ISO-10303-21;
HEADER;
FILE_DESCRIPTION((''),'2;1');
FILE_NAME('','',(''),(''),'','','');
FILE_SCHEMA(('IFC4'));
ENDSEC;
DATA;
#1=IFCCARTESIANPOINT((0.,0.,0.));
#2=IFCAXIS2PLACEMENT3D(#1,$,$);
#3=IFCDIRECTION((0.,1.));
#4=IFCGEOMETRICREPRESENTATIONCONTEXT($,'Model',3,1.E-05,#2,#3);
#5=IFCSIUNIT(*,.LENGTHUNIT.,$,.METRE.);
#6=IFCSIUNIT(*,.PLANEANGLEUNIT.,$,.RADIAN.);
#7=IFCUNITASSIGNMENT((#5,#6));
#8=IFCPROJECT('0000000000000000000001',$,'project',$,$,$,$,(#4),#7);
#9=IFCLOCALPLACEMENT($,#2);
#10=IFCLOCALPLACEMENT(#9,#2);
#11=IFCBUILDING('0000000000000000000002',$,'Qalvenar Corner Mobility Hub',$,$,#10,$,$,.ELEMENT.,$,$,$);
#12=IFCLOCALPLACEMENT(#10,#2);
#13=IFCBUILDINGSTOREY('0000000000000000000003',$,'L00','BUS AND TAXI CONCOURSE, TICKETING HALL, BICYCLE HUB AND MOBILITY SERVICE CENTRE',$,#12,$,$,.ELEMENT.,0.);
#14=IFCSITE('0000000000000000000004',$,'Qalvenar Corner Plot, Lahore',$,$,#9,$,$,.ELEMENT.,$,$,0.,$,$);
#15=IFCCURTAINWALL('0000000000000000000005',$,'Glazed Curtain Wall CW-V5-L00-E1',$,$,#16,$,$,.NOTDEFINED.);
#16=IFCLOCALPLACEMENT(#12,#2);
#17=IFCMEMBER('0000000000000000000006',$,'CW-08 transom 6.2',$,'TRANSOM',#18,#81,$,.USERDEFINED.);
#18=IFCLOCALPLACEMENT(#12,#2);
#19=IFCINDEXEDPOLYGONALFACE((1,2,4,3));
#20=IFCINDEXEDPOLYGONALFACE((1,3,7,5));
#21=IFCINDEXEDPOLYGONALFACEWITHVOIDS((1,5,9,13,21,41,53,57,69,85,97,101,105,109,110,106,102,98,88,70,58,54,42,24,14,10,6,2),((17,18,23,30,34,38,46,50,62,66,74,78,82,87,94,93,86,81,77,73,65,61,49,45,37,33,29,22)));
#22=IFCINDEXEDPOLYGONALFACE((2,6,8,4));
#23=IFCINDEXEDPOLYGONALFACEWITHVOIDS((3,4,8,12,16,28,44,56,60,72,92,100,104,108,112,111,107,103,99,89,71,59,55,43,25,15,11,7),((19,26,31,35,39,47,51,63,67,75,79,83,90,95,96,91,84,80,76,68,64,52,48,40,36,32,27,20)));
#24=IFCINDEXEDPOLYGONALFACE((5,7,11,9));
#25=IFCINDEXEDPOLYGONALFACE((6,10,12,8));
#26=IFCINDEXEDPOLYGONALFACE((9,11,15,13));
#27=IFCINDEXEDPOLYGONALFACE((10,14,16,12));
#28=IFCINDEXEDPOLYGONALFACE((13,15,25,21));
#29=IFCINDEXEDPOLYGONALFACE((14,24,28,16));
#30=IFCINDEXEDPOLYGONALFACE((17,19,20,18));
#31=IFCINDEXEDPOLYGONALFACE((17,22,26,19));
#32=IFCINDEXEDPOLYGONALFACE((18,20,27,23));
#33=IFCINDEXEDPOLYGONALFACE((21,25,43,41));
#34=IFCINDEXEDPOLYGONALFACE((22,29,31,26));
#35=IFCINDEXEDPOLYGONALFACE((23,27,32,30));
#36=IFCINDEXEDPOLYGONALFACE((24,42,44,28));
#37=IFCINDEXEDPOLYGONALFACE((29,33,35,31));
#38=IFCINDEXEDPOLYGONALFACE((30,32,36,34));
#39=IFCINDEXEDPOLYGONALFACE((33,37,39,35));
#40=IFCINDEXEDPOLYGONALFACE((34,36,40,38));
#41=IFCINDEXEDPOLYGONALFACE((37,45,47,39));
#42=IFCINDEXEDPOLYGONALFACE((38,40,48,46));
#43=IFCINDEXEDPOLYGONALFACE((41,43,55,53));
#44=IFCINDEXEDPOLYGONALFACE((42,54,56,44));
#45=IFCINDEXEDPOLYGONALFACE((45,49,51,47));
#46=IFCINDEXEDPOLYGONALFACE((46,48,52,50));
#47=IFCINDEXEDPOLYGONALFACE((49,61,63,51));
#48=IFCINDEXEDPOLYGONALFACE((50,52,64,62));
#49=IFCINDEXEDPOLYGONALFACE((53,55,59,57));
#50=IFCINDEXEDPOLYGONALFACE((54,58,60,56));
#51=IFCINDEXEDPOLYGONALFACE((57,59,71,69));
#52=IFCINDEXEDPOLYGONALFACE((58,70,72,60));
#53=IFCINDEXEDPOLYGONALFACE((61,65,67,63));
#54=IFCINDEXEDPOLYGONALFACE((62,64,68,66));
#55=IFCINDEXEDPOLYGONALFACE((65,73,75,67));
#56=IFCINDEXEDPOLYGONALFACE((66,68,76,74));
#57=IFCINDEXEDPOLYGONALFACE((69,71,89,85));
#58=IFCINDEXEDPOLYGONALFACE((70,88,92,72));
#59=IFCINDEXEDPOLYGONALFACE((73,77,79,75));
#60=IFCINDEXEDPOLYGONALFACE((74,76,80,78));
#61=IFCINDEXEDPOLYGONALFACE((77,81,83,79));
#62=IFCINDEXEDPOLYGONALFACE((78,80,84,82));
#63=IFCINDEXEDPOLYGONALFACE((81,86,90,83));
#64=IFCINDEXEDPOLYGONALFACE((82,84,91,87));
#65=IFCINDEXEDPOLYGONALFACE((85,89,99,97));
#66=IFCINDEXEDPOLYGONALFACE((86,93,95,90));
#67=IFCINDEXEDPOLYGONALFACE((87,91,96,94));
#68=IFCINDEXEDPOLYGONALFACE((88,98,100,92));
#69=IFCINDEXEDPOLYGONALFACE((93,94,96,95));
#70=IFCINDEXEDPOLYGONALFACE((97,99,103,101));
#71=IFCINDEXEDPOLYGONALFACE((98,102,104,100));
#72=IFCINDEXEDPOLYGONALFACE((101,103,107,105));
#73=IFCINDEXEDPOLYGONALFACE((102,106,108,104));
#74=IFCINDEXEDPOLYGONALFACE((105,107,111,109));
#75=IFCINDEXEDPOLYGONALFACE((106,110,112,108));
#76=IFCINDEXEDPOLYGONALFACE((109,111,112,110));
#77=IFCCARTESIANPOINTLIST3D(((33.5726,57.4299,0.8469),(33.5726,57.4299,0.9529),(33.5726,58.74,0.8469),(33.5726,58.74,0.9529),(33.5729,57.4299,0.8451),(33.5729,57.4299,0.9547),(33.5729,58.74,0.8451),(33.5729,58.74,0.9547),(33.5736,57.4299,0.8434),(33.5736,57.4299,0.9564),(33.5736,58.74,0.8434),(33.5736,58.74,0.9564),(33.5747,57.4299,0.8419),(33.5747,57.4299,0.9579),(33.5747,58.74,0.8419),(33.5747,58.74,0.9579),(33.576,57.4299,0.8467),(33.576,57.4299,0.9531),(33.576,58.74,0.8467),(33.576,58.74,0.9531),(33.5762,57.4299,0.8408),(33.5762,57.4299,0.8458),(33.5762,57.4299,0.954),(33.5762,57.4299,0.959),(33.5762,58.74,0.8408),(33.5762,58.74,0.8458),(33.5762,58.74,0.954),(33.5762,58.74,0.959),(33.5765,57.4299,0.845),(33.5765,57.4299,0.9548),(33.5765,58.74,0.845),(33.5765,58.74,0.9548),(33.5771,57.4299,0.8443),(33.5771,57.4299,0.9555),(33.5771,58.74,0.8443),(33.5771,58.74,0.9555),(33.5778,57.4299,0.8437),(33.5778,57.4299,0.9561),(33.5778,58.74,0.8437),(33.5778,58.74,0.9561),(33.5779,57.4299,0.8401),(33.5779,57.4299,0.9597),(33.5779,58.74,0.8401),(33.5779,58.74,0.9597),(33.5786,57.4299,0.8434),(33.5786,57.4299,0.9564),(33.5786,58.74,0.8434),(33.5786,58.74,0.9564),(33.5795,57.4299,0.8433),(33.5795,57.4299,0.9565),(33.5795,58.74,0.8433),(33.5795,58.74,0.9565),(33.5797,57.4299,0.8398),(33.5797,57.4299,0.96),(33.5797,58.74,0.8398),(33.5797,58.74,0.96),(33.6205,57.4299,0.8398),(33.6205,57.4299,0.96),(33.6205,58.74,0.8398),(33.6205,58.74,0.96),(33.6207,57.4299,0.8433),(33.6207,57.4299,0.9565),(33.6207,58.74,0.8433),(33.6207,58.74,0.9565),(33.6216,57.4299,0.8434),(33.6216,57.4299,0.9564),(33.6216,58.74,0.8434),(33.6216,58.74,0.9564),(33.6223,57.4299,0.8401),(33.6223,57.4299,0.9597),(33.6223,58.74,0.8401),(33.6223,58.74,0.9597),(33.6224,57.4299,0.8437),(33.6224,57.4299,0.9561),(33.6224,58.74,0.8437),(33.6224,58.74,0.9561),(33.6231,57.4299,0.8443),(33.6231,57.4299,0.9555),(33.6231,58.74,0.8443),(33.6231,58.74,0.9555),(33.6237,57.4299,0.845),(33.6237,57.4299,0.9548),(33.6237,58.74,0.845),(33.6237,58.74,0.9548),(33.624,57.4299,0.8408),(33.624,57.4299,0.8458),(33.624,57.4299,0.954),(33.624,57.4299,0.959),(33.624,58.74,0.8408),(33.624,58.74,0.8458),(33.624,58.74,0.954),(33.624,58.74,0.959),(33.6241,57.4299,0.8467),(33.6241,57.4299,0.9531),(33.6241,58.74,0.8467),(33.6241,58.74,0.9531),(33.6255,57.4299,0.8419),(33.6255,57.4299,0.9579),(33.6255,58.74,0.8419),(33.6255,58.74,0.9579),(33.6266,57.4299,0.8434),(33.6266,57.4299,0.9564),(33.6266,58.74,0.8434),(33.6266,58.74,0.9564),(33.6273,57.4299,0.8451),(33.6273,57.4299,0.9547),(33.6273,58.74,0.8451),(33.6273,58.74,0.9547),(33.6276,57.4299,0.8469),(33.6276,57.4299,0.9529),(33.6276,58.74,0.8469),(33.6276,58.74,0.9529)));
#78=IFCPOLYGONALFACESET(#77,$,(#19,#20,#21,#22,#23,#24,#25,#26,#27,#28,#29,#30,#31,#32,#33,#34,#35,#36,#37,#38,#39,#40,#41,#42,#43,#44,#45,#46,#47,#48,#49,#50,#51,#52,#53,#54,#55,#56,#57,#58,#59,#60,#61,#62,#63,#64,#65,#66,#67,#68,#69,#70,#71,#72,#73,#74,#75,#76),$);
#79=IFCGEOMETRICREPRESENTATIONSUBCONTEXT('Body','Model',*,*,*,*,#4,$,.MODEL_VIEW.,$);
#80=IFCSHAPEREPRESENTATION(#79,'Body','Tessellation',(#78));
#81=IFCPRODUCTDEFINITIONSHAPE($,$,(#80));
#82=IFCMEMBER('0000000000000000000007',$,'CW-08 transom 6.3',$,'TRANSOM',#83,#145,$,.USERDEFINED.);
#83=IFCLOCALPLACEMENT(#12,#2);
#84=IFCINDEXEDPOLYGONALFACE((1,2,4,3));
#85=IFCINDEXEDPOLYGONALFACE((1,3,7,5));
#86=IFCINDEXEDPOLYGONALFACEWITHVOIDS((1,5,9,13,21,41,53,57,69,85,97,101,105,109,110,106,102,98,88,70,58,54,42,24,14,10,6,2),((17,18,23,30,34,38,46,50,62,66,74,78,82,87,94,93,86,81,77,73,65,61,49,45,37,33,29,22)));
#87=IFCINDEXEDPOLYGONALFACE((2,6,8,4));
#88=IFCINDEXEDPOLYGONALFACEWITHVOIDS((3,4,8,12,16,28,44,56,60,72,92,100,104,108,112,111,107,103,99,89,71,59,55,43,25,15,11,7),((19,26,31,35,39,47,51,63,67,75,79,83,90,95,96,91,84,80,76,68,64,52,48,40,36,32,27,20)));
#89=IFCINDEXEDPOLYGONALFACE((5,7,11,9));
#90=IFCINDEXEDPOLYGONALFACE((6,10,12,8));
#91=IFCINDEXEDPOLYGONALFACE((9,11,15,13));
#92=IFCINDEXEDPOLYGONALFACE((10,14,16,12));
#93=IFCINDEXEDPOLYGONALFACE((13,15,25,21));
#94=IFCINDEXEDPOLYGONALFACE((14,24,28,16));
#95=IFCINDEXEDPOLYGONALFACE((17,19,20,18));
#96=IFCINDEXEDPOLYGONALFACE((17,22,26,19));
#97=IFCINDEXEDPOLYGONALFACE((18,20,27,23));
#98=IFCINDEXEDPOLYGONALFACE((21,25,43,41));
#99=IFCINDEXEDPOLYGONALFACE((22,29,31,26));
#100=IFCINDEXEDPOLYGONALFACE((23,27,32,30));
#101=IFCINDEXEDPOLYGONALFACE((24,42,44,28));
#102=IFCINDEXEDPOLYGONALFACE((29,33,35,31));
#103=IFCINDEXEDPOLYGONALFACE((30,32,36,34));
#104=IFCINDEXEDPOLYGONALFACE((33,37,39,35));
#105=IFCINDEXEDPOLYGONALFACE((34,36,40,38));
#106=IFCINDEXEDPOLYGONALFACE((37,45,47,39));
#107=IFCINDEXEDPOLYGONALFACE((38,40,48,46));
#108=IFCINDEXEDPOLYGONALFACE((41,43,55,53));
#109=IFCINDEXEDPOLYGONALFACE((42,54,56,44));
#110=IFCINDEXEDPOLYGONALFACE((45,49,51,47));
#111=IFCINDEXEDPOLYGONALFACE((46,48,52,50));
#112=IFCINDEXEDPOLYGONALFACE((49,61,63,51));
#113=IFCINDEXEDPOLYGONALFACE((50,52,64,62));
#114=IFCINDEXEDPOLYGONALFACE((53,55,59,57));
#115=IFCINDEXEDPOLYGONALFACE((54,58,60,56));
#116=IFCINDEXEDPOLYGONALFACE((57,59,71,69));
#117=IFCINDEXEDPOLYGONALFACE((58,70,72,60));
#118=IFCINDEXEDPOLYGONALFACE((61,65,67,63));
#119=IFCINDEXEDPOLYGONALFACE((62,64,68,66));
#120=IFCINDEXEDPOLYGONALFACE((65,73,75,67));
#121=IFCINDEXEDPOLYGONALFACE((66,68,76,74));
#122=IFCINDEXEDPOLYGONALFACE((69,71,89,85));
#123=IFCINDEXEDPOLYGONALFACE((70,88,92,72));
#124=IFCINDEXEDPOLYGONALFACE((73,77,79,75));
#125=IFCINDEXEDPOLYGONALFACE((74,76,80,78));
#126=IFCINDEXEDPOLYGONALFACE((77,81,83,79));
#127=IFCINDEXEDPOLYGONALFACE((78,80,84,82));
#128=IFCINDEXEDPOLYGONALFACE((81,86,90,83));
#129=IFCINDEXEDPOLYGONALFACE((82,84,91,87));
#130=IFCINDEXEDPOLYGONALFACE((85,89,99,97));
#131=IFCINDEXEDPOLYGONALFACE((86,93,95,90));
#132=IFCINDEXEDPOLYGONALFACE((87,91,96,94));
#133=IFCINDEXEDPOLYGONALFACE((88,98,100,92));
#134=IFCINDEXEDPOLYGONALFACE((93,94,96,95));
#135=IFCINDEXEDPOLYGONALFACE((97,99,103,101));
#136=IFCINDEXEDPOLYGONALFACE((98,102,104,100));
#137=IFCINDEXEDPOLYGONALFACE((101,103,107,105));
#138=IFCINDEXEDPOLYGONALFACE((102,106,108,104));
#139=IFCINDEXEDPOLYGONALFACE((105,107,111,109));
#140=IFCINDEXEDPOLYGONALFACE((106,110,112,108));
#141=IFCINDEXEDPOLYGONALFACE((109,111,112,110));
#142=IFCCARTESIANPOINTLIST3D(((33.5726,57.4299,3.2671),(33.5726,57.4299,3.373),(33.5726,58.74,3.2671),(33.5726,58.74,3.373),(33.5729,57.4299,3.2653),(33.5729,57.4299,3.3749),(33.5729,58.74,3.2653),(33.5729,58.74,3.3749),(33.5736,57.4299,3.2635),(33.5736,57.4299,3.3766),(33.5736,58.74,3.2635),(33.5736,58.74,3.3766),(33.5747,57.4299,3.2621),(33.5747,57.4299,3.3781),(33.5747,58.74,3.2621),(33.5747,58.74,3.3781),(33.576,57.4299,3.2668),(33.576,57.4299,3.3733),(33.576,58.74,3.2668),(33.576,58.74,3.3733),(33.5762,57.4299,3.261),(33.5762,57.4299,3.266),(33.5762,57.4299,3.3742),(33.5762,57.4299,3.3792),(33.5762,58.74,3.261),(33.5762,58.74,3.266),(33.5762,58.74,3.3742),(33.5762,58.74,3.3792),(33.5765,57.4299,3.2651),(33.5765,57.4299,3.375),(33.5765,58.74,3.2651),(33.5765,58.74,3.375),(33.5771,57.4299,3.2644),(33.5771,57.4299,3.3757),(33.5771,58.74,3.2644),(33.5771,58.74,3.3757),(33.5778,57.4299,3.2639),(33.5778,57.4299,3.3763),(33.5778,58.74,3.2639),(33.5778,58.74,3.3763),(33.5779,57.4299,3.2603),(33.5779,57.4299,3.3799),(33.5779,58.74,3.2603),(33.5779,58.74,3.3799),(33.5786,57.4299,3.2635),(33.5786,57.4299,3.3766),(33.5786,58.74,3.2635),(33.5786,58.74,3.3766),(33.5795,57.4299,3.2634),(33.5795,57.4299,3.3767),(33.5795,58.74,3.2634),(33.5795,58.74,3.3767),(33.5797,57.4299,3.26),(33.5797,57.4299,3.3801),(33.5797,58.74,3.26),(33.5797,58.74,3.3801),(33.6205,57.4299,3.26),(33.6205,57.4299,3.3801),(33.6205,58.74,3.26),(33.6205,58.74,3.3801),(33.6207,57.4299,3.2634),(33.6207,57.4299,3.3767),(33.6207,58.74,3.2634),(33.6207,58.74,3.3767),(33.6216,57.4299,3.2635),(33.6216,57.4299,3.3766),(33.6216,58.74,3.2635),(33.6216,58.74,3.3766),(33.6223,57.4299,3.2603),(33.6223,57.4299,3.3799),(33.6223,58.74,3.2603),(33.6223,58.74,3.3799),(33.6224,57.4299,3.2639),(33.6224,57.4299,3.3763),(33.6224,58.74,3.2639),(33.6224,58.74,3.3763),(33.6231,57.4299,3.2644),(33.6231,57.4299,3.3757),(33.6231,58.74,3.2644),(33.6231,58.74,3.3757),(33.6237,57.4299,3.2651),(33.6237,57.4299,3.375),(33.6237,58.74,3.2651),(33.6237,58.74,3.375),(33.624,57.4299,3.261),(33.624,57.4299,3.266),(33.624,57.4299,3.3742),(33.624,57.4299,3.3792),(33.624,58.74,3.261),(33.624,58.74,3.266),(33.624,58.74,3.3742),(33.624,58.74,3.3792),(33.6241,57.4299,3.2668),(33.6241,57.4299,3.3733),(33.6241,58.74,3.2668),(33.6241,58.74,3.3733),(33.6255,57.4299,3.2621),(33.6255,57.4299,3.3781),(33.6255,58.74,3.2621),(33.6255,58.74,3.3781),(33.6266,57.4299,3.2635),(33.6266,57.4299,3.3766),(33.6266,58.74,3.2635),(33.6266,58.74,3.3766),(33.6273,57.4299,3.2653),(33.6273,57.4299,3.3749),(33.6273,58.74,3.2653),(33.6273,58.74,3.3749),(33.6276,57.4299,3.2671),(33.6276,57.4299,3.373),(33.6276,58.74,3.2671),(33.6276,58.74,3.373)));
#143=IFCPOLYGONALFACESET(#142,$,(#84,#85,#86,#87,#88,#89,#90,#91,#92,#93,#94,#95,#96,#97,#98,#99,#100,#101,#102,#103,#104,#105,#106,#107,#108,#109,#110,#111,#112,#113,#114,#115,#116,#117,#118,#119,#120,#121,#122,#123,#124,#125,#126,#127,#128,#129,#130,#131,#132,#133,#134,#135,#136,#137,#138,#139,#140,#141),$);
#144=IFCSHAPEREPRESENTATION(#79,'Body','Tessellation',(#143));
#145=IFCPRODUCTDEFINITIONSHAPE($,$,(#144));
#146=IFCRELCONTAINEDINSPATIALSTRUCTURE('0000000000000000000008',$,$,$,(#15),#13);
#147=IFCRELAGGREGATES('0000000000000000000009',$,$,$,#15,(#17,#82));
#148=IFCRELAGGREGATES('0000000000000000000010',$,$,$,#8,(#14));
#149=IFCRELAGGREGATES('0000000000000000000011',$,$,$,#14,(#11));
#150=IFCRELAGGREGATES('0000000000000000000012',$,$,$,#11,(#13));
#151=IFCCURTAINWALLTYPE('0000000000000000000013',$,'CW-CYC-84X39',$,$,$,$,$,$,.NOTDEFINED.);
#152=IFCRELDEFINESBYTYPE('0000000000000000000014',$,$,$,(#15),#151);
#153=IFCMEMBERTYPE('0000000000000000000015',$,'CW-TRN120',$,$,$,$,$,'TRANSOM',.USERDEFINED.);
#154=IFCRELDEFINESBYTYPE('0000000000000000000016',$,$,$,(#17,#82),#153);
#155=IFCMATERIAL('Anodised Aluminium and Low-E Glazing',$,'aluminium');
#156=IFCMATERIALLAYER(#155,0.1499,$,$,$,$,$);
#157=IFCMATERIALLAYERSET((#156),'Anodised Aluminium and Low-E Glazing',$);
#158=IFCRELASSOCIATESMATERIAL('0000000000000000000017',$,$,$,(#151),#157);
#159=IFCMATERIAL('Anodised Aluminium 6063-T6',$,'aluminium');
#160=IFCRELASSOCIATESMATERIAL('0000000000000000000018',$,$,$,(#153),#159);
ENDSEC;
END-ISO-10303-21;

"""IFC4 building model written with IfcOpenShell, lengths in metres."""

from ifc_helpers import new_model, si_unit, direction, frame, origin, origin_2d, place, context, subcontext, project, spatial, hollow_rectangle, extrude, material, layer, layer_set, material_profile, profile_set, type_object, element, aggregate, save


model = new_model("IFC4")

# Units and contexts
model_context = context("Model", 3, precision=1e-05, world=origin(), true_north=direction((0.0, 1.0)))
body_context = subcontext(model_context, "Body", "Model", "MODEL_VIEW")
ifc_project = project(units=[si_unit("LENGTHUNIT", "METRE"), si_unit("PLANEANGLEUNIT", "RADIAN")], contexts=[model_context])

# Site, building, storey
site_placement = place(None, origin())
site = spatial("IfcSite", under=ifc_project, at=site_placement, Name="Qalvenar Corner Plot, Lahore", CompositionType="ELEMENT", RefElevation=0.0)
building_placement = place(site_placement, origin())
building = spatial("IfcBuilding", under=site, at=building_placement, Name="Qalvenar Corner Mobility Hub", CompositionType="ELEMENT")
storey_placement = place(building_placement, origin())
storey = spatial("IfcBuildingStorey", under=building, at=storey_placement, Name="L00", Description="BUS AND TAXI CONCOURSE, TICKETING HALL, BICYCLE HUB AND MOBILITY SERVICE CENTRE", CompositionType="ELEMENT", Elevation=0.0)

# Curtain wall, members
ifc_material_1 = material(Name="Anodised Aluminium and Low-E Glazing", Category="aluminium")
ifc_layer_1 = layer(ifc_material_1, 0.1499)
ifc_layer_set_1 = layer_set([ifc_layer_1], Name="Anodised Aluminium and Low-E Glazing")
curtain_wall_type = type_object("IfcCurtainWallType", Name="CW-CYC-84X39", PredefinedType="NOTDEFINED", material=ifc_layer_set_1)
curtain_wall_placement = place(storey_placement, origin())
curtain_wall = element("IfcCurtainWall", 1, at=curtain_wall_placement, inside=storey, type_object=curtain_wall_type, Name="Glazed Curtain Wall CW-V5-L00-E1", PredefinedType="NOTDEFINED")
ifc_material_2 = material(Name="Anodised Aluminium 6063-T6", Category="aluminium")
ifc_material_profile_1 = material_profile(ifc_material_2, hollow_rectangle(XDim=0.0549, YDim=0.1201, WallThickness=0.0034, InnerFilletRadius=0.0034, OuterFilletRadius=0.0071, at=origin_2d()), Name="RHS120x55x3.5")
ifc_profile_set_1 = profile_set([ifc_material_profile_1], Name="Anodised Aluminium 6063-T6")
member_type_1 = type_object("IfcMemberType", Name="CW-TRN120", ElementType="TRANSOM", PredefinedType="USERDEFINED", material=ifc_profile_set_1)
member_1_placement = place(storey_placement, frame((33.6001, 57.4299, 0.8999), z_axis=(0.0, 1.0, 0.0), x_axis=(-1.0, 0.0, 0.0)))
member_1 = element("IfcMember", 2, at=member_1_placement, type_object=member_type_1, Name="CW-08 transom 6.2", ObjectType="TRANSOM", PredefinedType="USERDEFINED", context=body_context, shape_type="SweptSolid", body=[
    extrude(hollow_rectangle(XDim=0.0549, YDim=0.1201, WallThickness=0.0034, InnerFilletRadius=0.0034, OuterFilletRadius=0.0071, at=origin_2d()), origin(), (0.0, 0.0, 1.0), 1.3101),
])
member_2_placement = place(storey_placement, frame((33.6001, 57.4299, 3.3201), z_axis=(0.0, 1.0, 0.0), x_axis=(-1.0, 0.0, 0.0)))
member_2 = element("IfcMember", 3, at=member_2_placement, type_object=member_type_1, Name="CW-08 transom 6.3", ObjectType="TRANSOM", PredefinedType="USERDEFINED", context=body_context, shape_type="SweptSolid", body=[
    extrude(hollow_rectangle(XDim=0.0549, YDim=0.1201, WallThickness=0.0034, InnerFilletRadius=0.0034, OuterFilletRadius=0.0071, at=origin_2d()), origin(), (0.0, 0.0, 1.0), 1.3101),
])
aggregate(curtain_wall, [member_1, member_2])

save(model, "model.ifc")
